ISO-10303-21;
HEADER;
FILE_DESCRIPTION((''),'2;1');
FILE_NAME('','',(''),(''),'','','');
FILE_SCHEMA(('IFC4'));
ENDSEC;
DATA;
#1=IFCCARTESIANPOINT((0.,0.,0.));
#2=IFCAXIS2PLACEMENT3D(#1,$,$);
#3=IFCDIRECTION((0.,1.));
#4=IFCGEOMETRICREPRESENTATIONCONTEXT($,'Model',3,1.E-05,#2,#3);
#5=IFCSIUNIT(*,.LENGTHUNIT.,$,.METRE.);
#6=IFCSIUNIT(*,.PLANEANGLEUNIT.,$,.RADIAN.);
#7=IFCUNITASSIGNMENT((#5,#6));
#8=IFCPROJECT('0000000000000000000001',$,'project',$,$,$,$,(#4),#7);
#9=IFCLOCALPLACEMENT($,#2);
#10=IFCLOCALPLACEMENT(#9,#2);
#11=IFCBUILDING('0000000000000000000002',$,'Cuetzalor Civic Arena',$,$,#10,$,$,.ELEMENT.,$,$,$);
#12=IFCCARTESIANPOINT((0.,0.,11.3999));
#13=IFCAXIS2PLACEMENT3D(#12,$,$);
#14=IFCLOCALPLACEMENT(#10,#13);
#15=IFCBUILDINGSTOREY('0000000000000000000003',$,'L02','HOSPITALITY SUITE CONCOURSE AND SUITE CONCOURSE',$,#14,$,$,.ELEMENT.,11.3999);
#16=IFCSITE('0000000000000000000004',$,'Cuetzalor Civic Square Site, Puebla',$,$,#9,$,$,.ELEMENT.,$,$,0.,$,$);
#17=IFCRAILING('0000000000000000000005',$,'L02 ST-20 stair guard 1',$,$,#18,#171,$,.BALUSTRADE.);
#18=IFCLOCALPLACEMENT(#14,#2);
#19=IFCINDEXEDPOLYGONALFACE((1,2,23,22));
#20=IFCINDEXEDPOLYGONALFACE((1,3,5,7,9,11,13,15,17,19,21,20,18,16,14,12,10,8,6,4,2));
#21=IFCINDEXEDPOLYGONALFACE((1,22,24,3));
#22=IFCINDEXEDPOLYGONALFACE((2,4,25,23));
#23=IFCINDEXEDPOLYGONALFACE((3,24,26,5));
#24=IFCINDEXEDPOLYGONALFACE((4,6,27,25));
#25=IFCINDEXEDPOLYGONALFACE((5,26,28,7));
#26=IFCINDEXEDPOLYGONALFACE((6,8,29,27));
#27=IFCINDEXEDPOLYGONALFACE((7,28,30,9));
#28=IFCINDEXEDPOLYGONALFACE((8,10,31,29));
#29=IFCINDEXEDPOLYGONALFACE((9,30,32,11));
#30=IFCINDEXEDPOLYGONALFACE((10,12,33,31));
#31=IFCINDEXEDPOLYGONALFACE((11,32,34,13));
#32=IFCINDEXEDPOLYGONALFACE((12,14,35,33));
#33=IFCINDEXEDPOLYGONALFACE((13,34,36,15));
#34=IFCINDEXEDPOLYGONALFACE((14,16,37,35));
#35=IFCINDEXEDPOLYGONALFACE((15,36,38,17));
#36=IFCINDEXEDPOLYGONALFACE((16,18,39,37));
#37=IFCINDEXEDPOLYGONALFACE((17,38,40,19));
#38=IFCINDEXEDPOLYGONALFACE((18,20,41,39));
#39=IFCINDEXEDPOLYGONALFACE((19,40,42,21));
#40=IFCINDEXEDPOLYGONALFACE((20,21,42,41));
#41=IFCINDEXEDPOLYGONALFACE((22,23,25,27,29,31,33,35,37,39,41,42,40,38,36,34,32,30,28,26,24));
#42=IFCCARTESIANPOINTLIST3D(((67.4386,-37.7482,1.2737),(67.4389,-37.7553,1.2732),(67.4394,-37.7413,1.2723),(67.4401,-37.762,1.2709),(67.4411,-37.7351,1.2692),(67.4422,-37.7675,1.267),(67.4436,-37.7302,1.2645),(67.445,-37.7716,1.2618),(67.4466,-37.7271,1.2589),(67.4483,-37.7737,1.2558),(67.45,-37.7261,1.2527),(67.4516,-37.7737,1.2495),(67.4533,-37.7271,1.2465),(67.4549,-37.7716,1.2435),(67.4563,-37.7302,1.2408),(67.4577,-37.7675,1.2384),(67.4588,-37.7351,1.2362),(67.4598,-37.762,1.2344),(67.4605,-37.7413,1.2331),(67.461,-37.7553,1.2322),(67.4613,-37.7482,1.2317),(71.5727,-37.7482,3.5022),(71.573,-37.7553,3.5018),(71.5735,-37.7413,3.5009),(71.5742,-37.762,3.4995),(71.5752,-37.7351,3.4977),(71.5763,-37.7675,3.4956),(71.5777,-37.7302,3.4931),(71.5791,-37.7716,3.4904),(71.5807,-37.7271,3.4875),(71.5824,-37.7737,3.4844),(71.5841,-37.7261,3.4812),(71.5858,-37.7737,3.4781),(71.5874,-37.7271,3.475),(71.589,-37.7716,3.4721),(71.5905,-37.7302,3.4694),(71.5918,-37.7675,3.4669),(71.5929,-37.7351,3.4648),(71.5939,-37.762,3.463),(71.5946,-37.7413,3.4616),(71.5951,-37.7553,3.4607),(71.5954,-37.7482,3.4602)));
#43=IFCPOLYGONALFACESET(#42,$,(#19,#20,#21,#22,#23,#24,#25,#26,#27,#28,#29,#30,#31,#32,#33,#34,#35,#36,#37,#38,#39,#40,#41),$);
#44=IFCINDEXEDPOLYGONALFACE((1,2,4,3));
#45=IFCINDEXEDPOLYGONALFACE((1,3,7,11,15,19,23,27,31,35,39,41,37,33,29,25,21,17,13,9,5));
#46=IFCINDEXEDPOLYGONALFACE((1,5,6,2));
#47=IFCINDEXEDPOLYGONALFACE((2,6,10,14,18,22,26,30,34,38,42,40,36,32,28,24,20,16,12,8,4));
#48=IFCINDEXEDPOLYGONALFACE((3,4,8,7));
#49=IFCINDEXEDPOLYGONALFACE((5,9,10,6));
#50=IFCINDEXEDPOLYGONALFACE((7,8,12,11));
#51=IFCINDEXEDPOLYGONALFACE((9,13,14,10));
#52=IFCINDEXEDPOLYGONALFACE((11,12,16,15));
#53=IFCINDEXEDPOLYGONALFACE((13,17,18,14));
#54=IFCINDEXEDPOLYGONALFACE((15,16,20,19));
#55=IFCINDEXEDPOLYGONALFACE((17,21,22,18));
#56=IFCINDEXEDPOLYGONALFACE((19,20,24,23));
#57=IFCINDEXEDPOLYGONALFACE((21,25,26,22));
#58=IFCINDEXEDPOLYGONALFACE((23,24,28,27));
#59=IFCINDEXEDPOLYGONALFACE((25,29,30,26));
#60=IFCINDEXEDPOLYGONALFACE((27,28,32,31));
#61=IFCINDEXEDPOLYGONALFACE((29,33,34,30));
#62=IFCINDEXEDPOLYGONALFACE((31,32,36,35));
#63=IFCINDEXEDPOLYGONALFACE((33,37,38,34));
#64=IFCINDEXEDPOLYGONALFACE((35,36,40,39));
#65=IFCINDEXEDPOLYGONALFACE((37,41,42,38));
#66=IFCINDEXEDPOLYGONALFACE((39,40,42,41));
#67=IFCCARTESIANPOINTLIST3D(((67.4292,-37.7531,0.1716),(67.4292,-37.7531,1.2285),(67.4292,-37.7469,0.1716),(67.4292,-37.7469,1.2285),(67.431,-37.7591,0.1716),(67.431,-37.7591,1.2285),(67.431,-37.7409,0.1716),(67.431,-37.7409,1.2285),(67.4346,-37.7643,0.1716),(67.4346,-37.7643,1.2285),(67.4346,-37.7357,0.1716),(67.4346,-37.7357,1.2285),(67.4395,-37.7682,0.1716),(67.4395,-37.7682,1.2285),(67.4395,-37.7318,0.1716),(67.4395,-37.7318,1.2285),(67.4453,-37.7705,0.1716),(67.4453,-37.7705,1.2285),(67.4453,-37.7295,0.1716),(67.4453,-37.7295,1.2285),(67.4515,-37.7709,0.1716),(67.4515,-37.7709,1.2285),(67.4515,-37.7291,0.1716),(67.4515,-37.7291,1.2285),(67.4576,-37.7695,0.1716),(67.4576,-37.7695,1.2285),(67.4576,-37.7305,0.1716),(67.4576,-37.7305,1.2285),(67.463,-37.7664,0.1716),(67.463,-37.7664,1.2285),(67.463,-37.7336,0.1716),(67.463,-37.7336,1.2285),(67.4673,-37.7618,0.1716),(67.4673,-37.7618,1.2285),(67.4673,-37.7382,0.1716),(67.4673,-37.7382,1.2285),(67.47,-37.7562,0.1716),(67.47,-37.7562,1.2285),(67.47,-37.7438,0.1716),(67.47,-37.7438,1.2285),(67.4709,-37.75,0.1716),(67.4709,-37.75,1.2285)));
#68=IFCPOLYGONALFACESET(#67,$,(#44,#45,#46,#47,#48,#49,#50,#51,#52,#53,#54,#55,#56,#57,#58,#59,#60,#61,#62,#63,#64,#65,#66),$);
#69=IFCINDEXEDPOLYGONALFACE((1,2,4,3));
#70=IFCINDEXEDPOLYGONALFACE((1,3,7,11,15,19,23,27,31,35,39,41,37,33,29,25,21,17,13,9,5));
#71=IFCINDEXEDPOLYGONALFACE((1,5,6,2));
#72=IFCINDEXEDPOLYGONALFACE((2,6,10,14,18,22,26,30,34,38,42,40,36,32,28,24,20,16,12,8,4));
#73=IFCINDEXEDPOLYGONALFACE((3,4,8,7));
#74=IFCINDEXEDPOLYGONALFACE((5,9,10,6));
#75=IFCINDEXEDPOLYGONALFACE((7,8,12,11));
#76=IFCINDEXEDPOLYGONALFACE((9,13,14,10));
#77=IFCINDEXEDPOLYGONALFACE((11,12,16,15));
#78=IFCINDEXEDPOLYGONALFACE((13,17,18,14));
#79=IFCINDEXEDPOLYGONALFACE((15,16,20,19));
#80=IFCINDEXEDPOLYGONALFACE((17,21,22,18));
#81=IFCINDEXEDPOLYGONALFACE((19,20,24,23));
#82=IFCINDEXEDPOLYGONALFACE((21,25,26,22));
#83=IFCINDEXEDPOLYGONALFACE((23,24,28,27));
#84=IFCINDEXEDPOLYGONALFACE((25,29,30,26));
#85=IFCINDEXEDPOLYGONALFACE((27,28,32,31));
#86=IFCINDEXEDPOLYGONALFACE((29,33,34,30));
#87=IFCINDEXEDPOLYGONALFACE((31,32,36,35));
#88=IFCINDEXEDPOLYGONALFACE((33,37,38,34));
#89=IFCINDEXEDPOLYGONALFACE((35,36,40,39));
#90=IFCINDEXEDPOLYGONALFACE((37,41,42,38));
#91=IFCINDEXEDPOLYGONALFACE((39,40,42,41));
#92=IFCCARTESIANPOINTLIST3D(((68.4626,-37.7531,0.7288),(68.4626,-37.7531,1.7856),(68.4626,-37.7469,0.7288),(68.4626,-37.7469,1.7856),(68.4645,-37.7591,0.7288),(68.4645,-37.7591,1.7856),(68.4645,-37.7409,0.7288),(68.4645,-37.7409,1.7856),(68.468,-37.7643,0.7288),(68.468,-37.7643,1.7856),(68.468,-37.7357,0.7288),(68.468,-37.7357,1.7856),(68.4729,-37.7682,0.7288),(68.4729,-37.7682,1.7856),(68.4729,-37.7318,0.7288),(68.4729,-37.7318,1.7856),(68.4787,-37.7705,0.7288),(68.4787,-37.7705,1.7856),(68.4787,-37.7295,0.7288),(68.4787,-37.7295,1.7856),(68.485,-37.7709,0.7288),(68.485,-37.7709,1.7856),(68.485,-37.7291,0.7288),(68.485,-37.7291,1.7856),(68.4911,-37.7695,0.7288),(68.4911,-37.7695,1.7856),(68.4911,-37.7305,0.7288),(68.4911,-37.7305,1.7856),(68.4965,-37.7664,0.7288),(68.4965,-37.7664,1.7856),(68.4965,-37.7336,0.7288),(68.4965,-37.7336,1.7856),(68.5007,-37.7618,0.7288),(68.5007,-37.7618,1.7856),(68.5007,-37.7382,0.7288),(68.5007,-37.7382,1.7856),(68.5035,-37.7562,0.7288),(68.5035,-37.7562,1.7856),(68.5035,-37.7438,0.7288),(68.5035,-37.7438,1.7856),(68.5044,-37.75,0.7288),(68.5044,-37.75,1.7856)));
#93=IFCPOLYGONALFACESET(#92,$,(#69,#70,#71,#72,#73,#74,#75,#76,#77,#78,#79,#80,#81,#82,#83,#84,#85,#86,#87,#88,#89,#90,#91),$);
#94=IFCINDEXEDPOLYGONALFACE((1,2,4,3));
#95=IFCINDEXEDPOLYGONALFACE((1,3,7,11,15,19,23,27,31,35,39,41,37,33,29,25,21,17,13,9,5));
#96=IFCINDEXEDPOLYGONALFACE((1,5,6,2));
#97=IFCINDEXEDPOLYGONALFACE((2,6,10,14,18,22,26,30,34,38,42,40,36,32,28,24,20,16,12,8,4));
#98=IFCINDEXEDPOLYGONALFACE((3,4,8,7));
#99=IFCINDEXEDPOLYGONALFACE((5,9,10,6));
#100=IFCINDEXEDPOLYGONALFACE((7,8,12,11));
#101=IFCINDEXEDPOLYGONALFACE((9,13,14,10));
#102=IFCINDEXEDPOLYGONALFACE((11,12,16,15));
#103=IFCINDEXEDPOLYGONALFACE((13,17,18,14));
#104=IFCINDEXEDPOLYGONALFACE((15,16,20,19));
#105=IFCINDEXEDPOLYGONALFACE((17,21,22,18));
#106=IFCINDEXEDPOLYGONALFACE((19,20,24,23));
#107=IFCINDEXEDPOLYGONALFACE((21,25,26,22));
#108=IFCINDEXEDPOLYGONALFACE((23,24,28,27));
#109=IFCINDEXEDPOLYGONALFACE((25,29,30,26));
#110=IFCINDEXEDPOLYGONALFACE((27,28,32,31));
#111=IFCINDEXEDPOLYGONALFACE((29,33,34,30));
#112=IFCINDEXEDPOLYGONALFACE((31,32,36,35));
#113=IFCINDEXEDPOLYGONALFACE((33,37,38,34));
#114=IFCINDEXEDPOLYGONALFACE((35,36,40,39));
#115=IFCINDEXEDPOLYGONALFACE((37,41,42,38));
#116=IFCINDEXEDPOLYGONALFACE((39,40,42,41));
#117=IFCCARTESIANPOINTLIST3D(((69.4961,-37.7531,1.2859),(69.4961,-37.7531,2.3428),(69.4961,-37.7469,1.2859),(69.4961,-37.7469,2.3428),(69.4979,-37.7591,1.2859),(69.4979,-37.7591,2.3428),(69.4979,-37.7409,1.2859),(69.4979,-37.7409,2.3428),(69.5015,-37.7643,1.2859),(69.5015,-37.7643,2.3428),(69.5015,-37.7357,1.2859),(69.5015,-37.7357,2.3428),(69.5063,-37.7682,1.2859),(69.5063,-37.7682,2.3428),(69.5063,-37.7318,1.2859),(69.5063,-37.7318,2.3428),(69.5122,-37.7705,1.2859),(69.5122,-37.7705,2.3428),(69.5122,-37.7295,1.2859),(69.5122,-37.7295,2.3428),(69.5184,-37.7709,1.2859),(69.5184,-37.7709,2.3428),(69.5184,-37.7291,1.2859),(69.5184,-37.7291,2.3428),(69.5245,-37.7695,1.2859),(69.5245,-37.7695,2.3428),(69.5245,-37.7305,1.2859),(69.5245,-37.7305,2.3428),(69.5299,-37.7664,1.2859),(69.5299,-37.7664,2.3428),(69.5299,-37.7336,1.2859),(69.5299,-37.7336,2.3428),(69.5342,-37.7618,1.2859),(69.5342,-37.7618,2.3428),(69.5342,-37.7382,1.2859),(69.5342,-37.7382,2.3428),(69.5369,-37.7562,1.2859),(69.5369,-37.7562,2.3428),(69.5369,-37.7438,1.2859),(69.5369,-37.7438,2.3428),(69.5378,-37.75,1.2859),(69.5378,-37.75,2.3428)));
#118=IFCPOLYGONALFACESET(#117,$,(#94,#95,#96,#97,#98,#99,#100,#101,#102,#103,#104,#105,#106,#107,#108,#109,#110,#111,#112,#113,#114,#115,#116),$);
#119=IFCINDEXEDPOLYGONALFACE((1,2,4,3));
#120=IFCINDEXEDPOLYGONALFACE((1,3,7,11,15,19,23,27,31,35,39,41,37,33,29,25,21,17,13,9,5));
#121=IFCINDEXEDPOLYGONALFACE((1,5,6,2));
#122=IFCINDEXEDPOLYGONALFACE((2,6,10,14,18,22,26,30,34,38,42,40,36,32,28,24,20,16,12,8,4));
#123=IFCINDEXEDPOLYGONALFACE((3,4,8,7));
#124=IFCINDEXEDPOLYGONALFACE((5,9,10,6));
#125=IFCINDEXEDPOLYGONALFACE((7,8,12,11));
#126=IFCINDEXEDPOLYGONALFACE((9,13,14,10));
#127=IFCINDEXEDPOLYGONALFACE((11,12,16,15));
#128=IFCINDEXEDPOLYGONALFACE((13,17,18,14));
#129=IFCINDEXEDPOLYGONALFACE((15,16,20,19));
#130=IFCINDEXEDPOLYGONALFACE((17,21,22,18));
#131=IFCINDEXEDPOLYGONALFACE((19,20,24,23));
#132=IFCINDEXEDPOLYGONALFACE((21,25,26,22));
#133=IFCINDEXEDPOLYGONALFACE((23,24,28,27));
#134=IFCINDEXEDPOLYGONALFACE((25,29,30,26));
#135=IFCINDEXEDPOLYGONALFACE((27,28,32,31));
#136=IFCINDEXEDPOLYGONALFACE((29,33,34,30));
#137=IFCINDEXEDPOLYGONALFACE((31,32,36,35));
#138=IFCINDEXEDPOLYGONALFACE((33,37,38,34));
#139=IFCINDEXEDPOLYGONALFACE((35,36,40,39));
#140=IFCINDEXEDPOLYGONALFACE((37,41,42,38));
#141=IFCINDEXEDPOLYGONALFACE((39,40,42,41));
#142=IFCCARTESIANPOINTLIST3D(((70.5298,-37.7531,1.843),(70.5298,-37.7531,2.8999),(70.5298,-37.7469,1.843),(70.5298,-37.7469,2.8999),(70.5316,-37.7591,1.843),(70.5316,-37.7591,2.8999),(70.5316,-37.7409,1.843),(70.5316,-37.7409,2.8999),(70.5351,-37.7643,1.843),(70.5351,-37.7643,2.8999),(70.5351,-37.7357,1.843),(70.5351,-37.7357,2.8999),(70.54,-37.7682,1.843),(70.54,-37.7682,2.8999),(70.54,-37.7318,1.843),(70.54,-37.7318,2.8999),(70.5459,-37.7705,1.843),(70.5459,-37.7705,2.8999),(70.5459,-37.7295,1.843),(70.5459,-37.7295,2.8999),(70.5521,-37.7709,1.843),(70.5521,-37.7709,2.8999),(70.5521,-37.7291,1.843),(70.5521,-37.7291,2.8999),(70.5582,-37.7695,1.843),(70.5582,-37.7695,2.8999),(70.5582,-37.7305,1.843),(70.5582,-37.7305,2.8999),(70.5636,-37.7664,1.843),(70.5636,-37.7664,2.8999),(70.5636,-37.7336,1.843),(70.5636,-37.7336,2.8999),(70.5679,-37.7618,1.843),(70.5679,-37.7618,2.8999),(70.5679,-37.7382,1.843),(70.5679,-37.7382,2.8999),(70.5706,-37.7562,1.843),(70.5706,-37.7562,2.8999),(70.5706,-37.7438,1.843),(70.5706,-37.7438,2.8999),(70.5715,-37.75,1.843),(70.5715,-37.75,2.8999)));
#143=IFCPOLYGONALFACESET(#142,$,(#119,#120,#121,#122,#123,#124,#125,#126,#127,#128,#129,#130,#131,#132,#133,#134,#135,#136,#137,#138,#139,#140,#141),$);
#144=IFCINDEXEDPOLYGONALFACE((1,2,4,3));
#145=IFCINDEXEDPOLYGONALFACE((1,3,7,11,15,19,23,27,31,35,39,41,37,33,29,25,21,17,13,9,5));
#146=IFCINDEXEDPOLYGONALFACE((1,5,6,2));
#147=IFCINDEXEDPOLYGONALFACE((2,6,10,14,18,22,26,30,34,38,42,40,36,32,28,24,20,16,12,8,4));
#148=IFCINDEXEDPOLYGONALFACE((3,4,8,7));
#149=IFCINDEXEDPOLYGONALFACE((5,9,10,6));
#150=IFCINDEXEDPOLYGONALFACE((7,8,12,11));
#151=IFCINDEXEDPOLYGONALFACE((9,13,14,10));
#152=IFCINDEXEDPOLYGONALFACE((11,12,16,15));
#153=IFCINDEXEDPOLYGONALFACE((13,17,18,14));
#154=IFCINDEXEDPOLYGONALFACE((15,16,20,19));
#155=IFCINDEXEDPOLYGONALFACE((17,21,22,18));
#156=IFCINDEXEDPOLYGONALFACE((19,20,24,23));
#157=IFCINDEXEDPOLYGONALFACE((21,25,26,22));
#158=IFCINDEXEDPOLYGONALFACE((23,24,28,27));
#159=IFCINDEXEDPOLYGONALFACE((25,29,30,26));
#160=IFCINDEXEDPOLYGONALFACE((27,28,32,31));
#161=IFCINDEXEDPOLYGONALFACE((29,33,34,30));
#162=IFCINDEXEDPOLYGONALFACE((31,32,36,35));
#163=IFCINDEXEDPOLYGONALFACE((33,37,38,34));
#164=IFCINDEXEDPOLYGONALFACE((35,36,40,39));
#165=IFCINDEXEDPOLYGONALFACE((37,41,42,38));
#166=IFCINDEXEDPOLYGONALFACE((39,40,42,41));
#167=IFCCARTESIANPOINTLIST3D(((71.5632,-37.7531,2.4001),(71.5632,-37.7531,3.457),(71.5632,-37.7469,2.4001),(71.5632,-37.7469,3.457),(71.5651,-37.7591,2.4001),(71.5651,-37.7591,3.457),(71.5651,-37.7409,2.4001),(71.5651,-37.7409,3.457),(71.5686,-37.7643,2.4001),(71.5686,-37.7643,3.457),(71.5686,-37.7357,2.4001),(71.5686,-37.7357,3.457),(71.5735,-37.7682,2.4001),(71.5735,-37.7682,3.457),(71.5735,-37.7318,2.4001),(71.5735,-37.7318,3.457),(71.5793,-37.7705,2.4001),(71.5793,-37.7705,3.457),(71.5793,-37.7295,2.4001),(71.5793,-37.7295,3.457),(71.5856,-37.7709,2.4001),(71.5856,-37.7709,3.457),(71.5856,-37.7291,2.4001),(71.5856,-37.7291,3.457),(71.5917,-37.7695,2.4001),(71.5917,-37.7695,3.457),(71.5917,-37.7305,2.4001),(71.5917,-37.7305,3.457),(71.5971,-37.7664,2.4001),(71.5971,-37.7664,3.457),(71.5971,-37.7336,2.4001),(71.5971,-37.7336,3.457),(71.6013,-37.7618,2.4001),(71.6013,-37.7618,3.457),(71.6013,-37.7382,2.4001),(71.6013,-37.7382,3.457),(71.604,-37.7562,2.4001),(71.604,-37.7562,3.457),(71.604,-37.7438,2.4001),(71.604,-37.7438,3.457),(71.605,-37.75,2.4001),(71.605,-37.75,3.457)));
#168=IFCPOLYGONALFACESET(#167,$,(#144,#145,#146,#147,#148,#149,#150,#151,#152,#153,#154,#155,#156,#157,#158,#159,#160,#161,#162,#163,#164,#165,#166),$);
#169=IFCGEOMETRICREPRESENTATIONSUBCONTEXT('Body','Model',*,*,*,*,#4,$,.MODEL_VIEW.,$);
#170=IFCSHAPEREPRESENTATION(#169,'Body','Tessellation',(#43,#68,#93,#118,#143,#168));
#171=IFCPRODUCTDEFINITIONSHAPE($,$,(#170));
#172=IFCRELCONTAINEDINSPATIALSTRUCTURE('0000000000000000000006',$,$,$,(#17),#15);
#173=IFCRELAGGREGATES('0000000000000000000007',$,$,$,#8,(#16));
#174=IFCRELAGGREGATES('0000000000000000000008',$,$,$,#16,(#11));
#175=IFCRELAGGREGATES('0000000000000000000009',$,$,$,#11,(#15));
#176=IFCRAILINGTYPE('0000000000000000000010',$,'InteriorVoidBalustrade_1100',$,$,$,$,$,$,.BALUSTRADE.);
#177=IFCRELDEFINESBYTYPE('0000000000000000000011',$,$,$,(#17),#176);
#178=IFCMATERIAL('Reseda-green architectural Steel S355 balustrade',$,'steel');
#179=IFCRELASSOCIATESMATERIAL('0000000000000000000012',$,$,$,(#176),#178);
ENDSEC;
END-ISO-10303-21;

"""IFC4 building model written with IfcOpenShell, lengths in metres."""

from ifc_helpers import new_model, si_unit, direction, frame, origin, origin_2d, place, context, subcontext, project, spatial, circle, extrude, material, type_object, element, save


model = new_model("IFC4")

# Units and contexts
model_context = context("Model", 3, precision=1e-05, world=origin(), true_north=direction((0.0, 1.0)))
body_context = subcontext(model_context, "Body", "Model", "MODEL_VIEW")
ifc_project = project(units=[si_unit("LENGTHUNIT", "METRE"), si_unit("PLANEANGLEUNIT", "RADIAN")], contexts=[model_context])

# Site, building, storey
site_placement = place(None, origin())
site = spatial("IfcSite", under=ifc_project, at=site_placement, Name="Cuetzalor Civic Square Site, Puebla", CompositionType="ELEMENT", RefElevation=0.0)
building_placement = place(site_placement, origin())
building = spatial("IfcBuilding", under=site, at=building_placement, Name="Cuetzalor Civic Arena", CompositionType="ELEMENT")
storey_placement = place(building_placement, frame((0.0, 0.0, 11.3999)))
storey = spatial("IfcBuildingStorey", under=building, at=storey_placement, Name="L02", Description="HOSPITALITY SUITE CONCOURSE AND SUITE CONCOURSE", CompositionType="ELEMENT", Elevation=11.3999)

# Railing
ifc_material_1 = material(Name="Reseda-green architectural Steel S355 balustrade", Category="steel")
railing_type_1 = type_object("IfcRailingType", Name="InteriorVoidBalustrade_1100", PredefinedType="BALUSTRADE", material=ifc_material_1)
railing_1_placement = place(storey_placement, frame((67.45, -37.75, 0.1716)))
element("IfcRailing", 1, at=railing_1_placement, inside=storey, type_object=railing_type_1, Name="L02 ST-20 stair guard 1", PredefinedType="BALUSTRADE", context=body_context, shape_type="SweptSolid", body=[
    extrude(circle(Radius=0.0239, at=origin_2d()), frame((0.0, 0.0, 1.0811), z_axis=(0.880249, 0.0, 0.474512), x_axis=(0.0, 1.0, 0.0)), (0.0, 0.0, 1.0), 4.6965),
    extrude(circle(Radius=0.021, at=origin_2d()), origin(), (0.0, 0.0, 1.0), 1.0569),
    extrude(circle(Radius=0.021, at=origin_2d()), frame((1.0334, 0.0, 0.5571)), (0.0, 0.0, 1.0), 1.0569),
    extrude(circle(Radius=0.021, at=origin_2d()), frame((2.0669, 0.0, 1.1143)), (0.0, 0.0, 1.0), 1.0569),
    extrude(circle(Radius=0.021, at=origin_2d()), frame((3.1006, 0.0, 1.6714)), (0.0, 0.0, 1.0), 1.0569),
    extrude(circle(Radius=0.021, at=origin_2d()), frame((4.134, 0.0, 2.2285)), (0.0, 0.0, 1.0), 1.0569),
])

save(model, "model.ifc")
